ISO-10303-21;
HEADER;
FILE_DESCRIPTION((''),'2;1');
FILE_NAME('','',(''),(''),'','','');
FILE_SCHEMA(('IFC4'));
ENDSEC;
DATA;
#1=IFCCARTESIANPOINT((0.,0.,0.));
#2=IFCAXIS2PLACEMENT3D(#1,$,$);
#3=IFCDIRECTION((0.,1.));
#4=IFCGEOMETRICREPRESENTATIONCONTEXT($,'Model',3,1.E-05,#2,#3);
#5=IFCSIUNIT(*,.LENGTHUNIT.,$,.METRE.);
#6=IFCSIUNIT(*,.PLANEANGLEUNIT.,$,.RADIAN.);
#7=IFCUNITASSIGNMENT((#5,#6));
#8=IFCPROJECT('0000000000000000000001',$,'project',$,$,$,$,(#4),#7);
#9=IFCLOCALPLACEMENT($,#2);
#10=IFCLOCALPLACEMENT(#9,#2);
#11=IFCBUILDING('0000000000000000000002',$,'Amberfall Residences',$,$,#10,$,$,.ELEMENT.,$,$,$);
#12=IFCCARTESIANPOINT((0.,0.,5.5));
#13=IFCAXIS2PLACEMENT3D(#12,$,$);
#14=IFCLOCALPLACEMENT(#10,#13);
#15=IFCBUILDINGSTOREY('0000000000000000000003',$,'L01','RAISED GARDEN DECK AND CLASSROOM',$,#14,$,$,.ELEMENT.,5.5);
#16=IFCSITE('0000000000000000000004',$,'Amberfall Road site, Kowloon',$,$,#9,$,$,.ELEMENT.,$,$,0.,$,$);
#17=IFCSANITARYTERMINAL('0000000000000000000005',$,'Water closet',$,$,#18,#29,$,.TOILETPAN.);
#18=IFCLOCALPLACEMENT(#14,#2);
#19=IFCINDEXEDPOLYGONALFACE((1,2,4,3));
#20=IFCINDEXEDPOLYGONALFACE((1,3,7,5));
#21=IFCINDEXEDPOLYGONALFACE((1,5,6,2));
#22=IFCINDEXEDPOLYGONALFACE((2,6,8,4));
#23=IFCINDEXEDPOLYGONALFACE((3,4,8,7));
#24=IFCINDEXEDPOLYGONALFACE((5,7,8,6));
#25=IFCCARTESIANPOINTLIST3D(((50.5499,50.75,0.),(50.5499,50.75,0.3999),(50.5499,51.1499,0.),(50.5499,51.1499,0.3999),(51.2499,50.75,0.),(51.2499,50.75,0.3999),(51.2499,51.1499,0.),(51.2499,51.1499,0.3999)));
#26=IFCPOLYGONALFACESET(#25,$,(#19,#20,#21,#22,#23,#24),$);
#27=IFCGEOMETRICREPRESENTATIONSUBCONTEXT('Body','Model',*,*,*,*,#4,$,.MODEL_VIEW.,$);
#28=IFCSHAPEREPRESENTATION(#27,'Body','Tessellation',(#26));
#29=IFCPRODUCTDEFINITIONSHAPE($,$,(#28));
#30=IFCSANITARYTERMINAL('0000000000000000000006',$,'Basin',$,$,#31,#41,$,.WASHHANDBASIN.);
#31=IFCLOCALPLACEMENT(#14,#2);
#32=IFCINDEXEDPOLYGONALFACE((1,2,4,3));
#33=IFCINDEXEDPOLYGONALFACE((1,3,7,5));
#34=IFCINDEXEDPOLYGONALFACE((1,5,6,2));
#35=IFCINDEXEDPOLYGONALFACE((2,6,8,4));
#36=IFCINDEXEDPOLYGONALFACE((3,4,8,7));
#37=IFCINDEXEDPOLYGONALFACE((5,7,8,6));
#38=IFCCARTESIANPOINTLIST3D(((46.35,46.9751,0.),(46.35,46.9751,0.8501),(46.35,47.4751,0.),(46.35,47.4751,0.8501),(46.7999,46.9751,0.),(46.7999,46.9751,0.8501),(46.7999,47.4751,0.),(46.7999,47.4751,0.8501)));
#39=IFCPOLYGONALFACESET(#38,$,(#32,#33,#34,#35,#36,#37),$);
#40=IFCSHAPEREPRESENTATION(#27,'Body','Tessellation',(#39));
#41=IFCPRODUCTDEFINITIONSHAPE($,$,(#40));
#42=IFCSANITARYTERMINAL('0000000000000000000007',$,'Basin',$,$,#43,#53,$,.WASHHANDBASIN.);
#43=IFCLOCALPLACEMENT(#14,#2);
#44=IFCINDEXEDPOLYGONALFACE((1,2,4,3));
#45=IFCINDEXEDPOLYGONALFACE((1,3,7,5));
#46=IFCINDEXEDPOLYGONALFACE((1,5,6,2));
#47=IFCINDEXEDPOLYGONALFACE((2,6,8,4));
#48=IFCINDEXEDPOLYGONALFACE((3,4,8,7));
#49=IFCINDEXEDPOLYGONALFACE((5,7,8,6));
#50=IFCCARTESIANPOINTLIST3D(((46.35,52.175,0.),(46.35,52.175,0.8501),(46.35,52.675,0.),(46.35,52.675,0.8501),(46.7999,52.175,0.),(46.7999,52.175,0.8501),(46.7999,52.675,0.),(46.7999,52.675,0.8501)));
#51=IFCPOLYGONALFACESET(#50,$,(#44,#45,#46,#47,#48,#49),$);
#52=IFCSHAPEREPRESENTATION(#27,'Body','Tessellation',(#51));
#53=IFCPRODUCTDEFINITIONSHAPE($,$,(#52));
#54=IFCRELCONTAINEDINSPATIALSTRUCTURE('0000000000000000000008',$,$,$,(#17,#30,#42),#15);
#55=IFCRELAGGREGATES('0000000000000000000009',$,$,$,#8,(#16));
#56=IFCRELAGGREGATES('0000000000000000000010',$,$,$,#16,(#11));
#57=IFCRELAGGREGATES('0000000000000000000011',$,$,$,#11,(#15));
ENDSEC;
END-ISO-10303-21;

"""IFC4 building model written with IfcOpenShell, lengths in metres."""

from ifc_helpers import new_model, si_unit, direction, frame, origin, origin_2d, place, context, subcontext, project, spatial, rectangle, extrude, element, save


model = new_model("IFC4")

# Units and contexts
model_context = context("Model", 3, precision=1e-05, world=origin(), true_north=direction((0.0, 1.0)))
body_context = subcontext(model_context, "Body", "Model", "MODEL_VIEW")
ifc_project = project(units=[si_unit("LENGTHUNIT", "METRE"), si_unit("PLANEANGLEUNIT", "RADIAN")], contexts=[model_context])

# Site, building, storey
site_placement = place(None, origin())
site = spatial("IfcSite", under=ifc_project, at=site_placement, Name="Amberfall Road site, Kowloon", CompositionType="ELEMENT", RefElevation=0.0)
building_placement = place(site_placement, origin())
building = spatial("IfcBuilding", under=site, at=building_placement, Name="Amberfall Residences", CompositionType="ELEMENT")
storey_placement = place(building_placement, frame((0.0, 0.0, 5.5)))
storey = spatial("IfcBuildingStorey", under=building, at=storey_placement, Name="L01", Description="RAISED GARDEN DECK AND CLASSROOM", CompositionType="ELEMENT", Elevation=5.5)

# Sanitary terminals
for number, where, z_axis, x_axis, name in (
    (1, (50.8999, 50.95, 0.0), (0.0, 0.0, 1.0), (1.0, 0.0, 0.0), "Water closet"),
):
    element("IfcSanitaryTerminal", number, at=place(storey_placement, frame(where, z_axis=z_axis, x_axis=x_axis)), inside=storey, Name=name, PredefinedType="TOILETPAN", context=body_context, shape_type="SweptSolid", body=[
        extrude(rectangle(XDim=0.7, YDim=0.3999, at=origin_2d()), origin(), (0.0, 0.0, 1.0), 0.3999),
    ])
for number, where, z_axis, x_axis, name in (
    (2, (46.575, 47.2251, 0.0), (0.0, 0.0, 1.0), (1.0, 0.0, 0.0), "Basin"),
    (3, (46.575, 52.425, 0.0), (0.0, 0.0, 1.0), (1.0, 0.0, 0.0), "Basin"),
):
    element("IfcSanitaryTerminal", number, at=place(storey_placement, frame(where, z_axis=z_axis, x_axis=x_axis)), inside=storey, Name=name, PredefinedType="WASHHANDBASIN", context=body_context, shape_type="SweptSolid", body=[
        extrude(rectangle(XDim=0.45, YDim=0.5, at=origin_2d()), origin(), (0.0, 0.0, 1.0), 0.8501),
    ])

save(model, "model.ifc")
